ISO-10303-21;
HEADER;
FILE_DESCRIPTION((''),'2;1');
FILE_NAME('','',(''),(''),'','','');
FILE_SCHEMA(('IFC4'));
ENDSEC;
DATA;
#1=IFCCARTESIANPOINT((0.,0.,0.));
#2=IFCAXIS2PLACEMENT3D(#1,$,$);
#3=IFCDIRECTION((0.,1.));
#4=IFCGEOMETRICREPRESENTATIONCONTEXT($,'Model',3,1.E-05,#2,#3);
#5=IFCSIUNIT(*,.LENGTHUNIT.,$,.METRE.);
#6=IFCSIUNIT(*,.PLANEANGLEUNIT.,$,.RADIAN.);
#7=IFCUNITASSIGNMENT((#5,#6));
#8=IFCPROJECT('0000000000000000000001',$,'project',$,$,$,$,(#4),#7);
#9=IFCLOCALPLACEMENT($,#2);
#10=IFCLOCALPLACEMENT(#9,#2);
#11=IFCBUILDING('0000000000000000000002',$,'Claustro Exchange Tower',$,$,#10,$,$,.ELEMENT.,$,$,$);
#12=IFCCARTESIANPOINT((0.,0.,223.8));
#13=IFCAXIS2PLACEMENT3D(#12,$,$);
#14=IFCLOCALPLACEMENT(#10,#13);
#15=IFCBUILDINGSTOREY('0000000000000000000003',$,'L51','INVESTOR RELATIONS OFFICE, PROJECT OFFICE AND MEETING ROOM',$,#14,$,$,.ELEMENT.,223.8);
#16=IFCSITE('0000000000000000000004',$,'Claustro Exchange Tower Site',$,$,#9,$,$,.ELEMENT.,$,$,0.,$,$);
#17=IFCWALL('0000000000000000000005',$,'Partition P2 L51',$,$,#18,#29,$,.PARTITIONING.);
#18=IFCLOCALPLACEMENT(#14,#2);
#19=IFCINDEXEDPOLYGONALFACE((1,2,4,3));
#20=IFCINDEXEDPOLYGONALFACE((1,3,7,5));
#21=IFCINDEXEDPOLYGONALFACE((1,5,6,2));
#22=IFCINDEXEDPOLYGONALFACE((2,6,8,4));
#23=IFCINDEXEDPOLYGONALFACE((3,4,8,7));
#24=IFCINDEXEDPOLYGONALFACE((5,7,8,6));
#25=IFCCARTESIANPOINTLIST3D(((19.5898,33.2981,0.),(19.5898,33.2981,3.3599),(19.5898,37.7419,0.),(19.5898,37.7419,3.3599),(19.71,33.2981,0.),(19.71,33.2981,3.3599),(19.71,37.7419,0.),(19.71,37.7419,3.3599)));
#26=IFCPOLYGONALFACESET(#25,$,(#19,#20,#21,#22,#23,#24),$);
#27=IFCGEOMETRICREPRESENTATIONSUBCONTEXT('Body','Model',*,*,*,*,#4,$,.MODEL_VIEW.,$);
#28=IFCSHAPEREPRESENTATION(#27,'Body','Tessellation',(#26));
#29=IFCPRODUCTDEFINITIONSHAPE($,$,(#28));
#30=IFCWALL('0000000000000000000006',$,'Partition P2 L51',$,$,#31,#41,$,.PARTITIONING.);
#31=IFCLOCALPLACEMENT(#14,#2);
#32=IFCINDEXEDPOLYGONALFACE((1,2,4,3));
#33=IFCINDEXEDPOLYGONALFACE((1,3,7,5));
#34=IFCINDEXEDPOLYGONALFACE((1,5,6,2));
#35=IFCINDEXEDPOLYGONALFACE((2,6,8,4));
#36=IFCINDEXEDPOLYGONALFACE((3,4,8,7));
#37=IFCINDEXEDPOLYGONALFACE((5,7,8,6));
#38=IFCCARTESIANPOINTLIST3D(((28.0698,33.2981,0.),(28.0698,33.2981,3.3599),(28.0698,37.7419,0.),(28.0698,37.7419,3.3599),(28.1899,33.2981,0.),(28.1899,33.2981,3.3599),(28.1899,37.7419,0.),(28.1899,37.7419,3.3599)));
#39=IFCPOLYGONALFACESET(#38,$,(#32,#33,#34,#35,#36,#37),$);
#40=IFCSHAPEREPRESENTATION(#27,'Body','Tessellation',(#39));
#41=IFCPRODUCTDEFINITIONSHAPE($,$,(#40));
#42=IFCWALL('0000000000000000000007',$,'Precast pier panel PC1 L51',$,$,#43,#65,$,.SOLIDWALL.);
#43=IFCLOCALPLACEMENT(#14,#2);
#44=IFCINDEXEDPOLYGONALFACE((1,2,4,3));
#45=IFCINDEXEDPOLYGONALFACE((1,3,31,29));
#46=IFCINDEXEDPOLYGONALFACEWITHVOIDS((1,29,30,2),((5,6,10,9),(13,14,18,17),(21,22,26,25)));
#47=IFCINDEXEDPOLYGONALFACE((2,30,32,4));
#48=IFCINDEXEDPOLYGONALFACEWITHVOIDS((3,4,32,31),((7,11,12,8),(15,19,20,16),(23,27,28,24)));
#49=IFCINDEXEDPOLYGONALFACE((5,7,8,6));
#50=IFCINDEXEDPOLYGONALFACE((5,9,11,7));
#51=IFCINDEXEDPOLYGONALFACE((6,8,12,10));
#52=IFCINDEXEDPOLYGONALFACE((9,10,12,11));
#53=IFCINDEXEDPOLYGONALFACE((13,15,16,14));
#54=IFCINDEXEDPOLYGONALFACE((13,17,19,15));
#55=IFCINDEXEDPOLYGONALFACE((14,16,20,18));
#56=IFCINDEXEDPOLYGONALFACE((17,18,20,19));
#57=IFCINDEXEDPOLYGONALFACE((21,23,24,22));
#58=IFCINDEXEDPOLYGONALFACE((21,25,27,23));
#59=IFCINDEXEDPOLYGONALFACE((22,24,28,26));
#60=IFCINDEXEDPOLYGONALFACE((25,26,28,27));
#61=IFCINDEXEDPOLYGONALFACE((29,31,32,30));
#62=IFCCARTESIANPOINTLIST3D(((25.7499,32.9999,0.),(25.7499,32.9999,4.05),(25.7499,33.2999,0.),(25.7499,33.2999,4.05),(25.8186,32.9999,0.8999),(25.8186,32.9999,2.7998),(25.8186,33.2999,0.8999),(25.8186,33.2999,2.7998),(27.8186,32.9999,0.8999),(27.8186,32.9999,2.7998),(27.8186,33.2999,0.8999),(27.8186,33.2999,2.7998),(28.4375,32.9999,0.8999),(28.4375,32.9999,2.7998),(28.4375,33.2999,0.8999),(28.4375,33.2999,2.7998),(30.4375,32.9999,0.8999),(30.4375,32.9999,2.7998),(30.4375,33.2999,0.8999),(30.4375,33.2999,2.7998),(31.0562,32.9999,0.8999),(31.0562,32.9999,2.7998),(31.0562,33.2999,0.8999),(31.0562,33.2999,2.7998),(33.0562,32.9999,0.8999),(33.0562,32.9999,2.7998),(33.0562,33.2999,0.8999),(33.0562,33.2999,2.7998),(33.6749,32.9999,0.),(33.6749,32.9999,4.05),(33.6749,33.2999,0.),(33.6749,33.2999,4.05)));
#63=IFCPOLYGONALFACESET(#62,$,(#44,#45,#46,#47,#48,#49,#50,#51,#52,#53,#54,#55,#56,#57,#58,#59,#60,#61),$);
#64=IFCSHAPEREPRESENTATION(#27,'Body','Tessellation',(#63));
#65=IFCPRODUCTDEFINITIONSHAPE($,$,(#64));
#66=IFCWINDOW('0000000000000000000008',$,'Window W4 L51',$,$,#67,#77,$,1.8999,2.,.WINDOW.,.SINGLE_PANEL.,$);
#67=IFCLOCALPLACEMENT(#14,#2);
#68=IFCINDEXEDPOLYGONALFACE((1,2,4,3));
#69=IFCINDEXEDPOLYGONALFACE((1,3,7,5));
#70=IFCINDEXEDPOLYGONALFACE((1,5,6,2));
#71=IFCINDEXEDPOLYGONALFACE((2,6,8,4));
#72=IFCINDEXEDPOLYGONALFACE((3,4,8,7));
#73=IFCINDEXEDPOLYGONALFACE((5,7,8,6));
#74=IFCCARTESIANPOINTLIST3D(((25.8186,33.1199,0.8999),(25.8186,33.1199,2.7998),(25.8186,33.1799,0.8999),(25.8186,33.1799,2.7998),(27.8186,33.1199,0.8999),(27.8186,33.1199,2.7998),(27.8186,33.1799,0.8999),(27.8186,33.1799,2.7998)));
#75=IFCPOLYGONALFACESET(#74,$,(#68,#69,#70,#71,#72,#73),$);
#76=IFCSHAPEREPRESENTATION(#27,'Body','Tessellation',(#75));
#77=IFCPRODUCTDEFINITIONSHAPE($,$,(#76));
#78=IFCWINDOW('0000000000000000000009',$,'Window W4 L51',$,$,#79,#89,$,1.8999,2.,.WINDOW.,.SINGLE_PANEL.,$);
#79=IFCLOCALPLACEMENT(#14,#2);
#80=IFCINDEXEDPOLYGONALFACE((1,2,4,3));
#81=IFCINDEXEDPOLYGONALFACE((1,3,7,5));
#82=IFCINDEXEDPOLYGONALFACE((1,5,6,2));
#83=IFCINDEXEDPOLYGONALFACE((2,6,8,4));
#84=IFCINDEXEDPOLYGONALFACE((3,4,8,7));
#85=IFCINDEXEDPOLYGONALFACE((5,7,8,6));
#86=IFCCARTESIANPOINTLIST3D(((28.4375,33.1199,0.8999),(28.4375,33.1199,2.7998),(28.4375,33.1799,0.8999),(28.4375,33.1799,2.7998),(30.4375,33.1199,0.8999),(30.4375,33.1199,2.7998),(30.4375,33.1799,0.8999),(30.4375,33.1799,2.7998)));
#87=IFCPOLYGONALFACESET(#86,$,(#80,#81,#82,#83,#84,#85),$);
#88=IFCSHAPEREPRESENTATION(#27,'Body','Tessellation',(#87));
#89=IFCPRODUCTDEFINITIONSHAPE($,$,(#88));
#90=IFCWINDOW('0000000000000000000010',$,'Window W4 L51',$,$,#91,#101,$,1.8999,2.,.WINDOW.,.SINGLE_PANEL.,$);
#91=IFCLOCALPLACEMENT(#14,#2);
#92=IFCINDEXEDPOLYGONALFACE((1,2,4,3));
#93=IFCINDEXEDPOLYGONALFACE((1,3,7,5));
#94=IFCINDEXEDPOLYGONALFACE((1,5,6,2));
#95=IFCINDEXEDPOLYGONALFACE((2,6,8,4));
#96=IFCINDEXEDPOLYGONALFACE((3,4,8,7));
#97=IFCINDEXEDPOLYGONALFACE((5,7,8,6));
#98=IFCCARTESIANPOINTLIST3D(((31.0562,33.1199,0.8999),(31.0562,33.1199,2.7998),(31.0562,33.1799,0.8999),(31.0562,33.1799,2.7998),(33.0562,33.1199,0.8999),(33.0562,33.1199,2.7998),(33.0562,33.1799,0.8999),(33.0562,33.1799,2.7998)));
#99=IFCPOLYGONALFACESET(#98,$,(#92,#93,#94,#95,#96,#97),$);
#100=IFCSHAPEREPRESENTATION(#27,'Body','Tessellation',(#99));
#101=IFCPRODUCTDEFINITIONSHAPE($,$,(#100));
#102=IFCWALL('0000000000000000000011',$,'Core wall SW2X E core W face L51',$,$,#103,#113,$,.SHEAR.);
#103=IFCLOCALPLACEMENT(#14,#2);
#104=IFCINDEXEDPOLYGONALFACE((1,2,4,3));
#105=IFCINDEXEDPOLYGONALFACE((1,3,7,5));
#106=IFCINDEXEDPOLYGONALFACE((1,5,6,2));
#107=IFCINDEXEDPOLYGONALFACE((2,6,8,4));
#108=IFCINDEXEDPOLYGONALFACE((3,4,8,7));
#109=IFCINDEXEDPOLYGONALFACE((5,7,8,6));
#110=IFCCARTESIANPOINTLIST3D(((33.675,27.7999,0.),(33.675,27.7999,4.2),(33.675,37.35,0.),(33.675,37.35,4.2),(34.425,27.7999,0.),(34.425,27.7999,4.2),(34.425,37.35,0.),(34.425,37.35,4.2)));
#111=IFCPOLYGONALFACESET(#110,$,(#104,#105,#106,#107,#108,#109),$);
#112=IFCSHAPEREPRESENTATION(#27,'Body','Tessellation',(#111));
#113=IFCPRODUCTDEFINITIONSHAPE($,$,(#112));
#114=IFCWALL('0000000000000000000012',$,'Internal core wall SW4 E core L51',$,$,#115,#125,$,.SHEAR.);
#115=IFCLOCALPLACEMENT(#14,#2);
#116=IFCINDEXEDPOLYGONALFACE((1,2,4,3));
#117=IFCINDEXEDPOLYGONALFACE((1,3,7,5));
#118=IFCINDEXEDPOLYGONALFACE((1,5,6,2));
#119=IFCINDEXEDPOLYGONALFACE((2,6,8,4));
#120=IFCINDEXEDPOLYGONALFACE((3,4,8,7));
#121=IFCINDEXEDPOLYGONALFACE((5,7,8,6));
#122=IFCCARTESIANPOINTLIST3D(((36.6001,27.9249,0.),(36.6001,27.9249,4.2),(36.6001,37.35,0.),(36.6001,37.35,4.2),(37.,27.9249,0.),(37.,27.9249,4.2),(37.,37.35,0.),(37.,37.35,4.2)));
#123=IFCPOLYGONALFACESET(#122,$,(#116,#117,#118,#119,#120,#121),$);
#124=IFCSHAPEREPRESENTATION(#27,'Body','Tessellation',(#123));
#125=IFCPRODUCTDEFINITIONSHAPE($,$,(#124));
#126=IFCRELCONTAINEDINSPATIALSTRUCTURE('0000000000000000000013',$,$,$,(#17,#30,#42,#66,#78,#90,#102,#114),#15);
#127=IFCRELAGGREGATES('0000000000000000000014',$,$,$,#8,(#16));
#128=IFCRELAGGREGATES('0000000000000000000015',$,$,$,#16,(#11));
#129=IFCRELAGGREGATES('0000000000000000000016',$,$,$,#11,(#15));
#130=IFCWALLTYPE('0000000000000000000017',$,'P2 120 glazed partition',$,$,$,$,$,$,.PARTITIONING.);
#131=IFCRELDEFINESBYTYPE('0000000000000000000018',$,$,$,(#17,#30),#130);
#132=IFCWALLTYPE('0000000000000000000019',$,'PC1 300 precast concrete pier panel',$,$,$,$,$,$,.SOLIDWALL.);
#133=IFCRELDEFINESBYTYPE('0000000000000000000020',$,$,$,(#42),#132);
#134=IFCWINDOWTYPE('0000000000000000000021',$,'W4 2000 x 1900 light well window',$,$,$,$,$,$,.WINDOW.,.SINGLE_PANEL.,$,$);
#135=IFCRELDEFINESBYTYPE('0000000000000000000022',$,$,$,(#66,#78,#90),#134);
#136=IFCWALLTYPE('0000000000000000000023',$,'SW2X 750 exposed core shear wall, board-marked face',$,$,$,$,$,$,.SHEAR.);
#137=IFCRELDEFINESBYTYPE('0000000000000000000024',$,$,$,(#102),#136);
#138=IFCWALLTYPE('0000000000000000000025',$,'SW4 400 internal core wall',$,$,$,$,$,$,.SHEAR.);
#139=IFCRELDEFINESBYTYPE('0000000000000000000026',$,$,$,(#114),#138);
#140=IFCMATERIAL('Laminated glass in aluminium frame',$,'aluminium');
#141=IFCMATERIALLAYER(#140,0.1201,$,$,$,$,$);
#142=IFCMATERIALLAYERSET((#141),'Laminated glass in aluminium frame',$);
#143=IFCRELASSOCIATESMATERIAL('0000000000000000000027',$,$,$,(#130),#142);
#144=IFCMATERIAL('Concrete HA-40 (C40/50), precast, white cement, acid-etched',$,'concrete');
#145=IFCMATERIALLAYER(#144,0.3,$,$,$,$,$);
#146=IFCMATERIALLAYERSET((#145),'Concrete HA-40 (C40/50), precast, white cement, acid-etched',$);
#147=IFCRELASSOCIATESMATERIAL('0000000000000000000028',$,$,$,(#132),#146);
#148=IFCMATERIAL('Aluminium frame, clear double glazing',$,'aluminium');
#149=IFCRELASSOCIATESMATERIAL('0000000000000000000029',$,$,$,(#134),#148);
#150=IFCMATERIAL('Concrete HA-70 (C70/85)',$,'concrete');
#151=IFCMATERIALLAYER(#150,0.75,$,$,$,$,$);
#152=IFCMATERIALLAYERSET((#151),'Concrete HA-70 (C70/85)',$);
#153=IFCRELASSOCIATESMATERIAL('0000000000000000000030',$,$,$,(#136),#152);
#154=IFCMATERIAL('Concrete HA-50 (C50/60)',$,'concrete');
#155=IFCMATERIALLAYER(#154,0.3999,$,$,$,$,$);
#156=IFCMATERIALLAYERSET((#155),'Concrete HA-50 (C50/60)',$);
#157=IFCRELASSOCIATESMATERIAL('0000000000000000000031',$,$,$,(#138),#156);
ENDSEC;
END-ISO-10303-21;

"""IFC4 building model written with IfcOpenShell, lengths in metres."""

from ifc_helpers import new_model, si_unit, direction, frame, frame_2d, origin, place, context, subcontext, project, spatial, rectangle, extrude, material, layer, layer_set, type_object, element, fill, save


model = new_model("IFC4")

# Units and contexts
model_context = context("Model", 3, precision=1e-05, world=origin(), true_north=direction((0.0, 1.0)))
body_context = subcontext(model_context, "Body", "Model", "MODEL_VIEW")
ifc_project = project(units=[si_unit("LENGTHUNIT", "METRE"), si_unit("PLANEANGLEUNIT", "RADIAN")], contexts=[model_context])

# Site, building, storey
site_placement = place(None, origin())
site = spatial("IfcSite", under=ifc_project, at=site_placement, Name="Claustro Exchange Tower Site", CompositionType="ELEMENT", RefElevation=0.0)
building_placement = place(site_placement, origin())
building = spatial("IfcBuilding", under=site, at=building_placement, Name="Claustro Exchange Tower", CompositionType="ELEMENT")
storey_placement = place(building_placement, frame((0.0, 0.0, 223.8)))
storey = spatial("IfcBuildingStorey", under=building, at=storey_placement, Name="L51", Description="INVESTOR RELATIONS OFFICE, PROJECT OFFICE AND MEETING ROOM", CompositionType="ELEMENT", Elevation=223.8)

# Walls
ifc_material_1 = material(Name="Laminated glass in aluminium frame", Category="aluminium")
ifc_layer_1 = layer(ifc_material_1, 0.1201)
ifc_layer_set_1 = layer_set([ifc_layer_1], Name="Laminated glass in aluminium frame")
wall_type_1 = type_object("IfcWallType", Name="P2 120 glazed partition", PredefinedType="PARTITIONING", material=ifc_layer_set_1)
for number, where, z_axis, x_axis, name in (
    (1, (19.6499, 33.2981, 0.0), (0.0, 0.0, 1.0), (0.0, 1.0, 0.0), "Partition P2 L51"),
    (2, (28.1299, 33.2981, 0.0), (0.0, 0.0, 1.0), (0.0, 1.0, 0.0), "Partition P2 L51"),
):
    element("IfcWall", number, at=place(storey_placement, frame(where, z_axis=z_axis, x_axis=x_axis)), inside=storey, type_object=wall_type_1, Name=name, PredefinedType="PARTITIONING", context=body_context, shape_type="SweptSolid", body=[
        extrude(rectangle(XDim=4.4438, YDim=0.1201, at=frame_2d((2.2219, 0.0))), origin(), (0.0, 0.0, 1.0), 3.3599),
    ])

# Wall, openings, windows
ifc_material_2 = material(Name="Concrete HA-40 (C40/50), precast, white cement, acid-etched", Category="concrete")
ifc_layer_2 = layer(ifc_material_2, 0.3)
ifc_layer_set_2 = layer_set([ifc_layer_2], Name="Concrete HA-40 (C40/50), precast, white cement, acid-etched")
wall_type_2 = type_object("IfcWallType", Name="PC1 300 precast concrete pier panel", PredefinedType="SOLIDWALL", material=ifc_layer_set_2)
wall_1_placement = place(storey_placement, frame((25.75, 33.1499, 0.0), z_axis=(0.0, 0.0, 1.0), x_axis=(1.0, 0.0, 0.0)))
wall_1 = element("IfcWall", 3, at=wall_1_placement, inside=storey, type_object=wall_type_2, Name="Precast pier panel PC1 L51", PredefinedType="SOLIDWALL", context=body_context, shape_type="SweptSolid", body=[
    extrude(rectangle(XDim=7.925, YDim=0.3, at=frame_2d((3.9624, 0.0))), origin(), (0.0, 0.0, 1.0), 4.05),
])
opening_1_placement = place(wall_1_placement, frame((0.0686, 0.0, 0.8999)))
opening_1 = element("IfcOpeningElement", 4, at=opening_1_placement, cuts=wall_1, PredefinedType="OPENING", context=body_context, shape_type="SweptSolid", body=[
    extrude(rectangle(XDim=2.0, YDim=1.8999, at=frame_2d((1.0, 0.95))), frame((0.0, 0.1599, 0.0), z_axis=(0.0, -1.0, 0.0), x_axis=(1.0, 0.0, 0.0)), (0.0, 0.0, 1.0), 0.3201),
])
opening_2_placement = place(wall_1_placement, frame((2.6875, 0.0, 0.8999)))
opening_2 = element("IfcOpeningElement", 5, at=opening_2_placement, cuts=wall_1, PredefinedType="OPENING", context=body_context, shape_type="SweptSolid", body=[
    extrude(rectangle(XDim=2.0, YDim=1.8999, at=frame_2d((1.0, 0.95))), frame((0.0, 0.1599, 0.0), z_axis=(0.0, -1.0, 0.0), x_axis=(1.0, 0.0, 0.0)), (0.0, 0.0, 1.0), 0.3201),
])
opening_3_placement = place(wall_1_placement, frame((5.3062, 0.0, 0.8999)))
opening_3 = element("IfcOpeningElement", 6, at=opening_3_placement, cuts=wall_1, PredefinedType="OPENING", context=body_context, shape_type="SweptSolid", body=[
    extrude(rectangle(XDim=2.0, YDim=1.8999, at=frame_2d((1.0, 0.95))), frame((0.0, 0.1599, 0.0), z_axis=(0.0, -1.0, 0.0), x_axis=(1.0, 0.0, 0.0)), (0.0, 0.0, 1.0), 0.3201),
])
ifc_material_3 = material(Name="Aluminium frame, clear double glazing", Category="aluminium")
window_type = type_object("IfcWindowType", Name="W4 2000 x 1900 light well window", PartitioningType="SINGLE_PANEL", PredefinedType="WINDOW", material=ifc_material_3)
window_1_placement = place(opening_1_placement, origin())
window_1 = element("IfcWindow", 7, at=window_1_placement, inside=storey, type_object=window_type, Name="Window W4 L51", OverallHeight=1.8999, OverallWidth=2.0, PartitioningType="SINGLE_PANEL", PredefinedType="WINDOW", context=body_context, shape_type="SweptSolid", body=[
    extrude(rectangle(XDim=2.0, YDim=1.8999, at=frame_2d((1.0, 0.95))), frame((0.0, 0.03, 0.0), z_axis=(0.0, -1.0, 0.0), x_axis=(1.0, 0.0, 0.0)), (0.0, 0.0, 1.0), 0.0601),
])
fill(opening_1, window_1)
window_2_placement = place(opening_2_placement, origin())
window_2 = element("IfcWindow", 8, at=window_2_placement, inside=storey, type_object=window_type, Name="Window W4 L51", OverallHeight=1.8999, OverallWidth=2.0, PartitioningType="SINGLE_PANEL", PredefinedType="WINDOW", context=body_context, shape_type="SweptSolid", body=[
    extrude(rectangle(XDim=2.0, YDim=1.8999, at=frame_2d((1.0, 0.95))), frame((0.0, 0.03, 0.0), z_axis=(0.0, -1.0, 0.0), x_axis=(1.0, 0.0, 0.0)), (0.0, 0.0, 1.0), 0.0601),
])
fill(opening_2, window_2)
window_3_placement = place(opening_3_placement, origin())
window_3 = element("IfcWindow", 9, at=window_3_placement, inside=storey, type_object=window_type, Name="Window W4 L51", OverallHeight=1.8999, OverallWidth=2.0, PartitioningType="SINGLE_PANEL", PredefinedType="WINDOW", context=body_context, shape_type="SweptSolid", body=[
    extrude(rectangle(XDim=2.0, YDim=1.8999, at=frame_2d((1.0, 0.95))), frame((0.0, 0.03, 0.0), z_axis=(0.0, -1.0, 0.0), x_axis=(1.0, 0.0, 0.0)), (0.0, 0.0, 1.0), 0.0601),
])
fill(opening_3, window_3)

# Walls
ifc_material_4 = material(Name="Concrete HA-70 (C70/85)", Category="concrete")
ifc_layer_3 = layer(ifc_material_4, 0.75)
ifc_layer_set_3 = layer_set([ifc_layer_3], Name="Concrete HA-70 (C70/85)")
wall_type_3 = type_object("IfcWallType", Name="SW2X 750 exposed core shear wall, board-marked face", PredefinedType="SHEAR", material=ifc_layer_set_3)
wall_2_placement = place(storey_placement, frame((34.05, 27.8, 0.0), z_axis=(0.0, 0.0, 1.0), x_axis=(0.0, 1.0, 0.0)))
element("IfcWall", 10, at=wall_2_placement, inside=storey, type_object=wall_type_3, Name="Core wall SW2X E core W face L51", PredefinedType="SHEAR", context=body_context, shape_type="SweptSolid", body=[
    extrude(rectangle(XDim=9.55, YDim=0.75, at=frame_2d((4.7749, 0.0))), origin(), (0.0, 0.0, 1.0), 4.2),
])
ifc_material_5 = material(Name="Concrete HA-50 (C50/60)", Category="concrete")
ifc_layer_4 = layer(ifc_material_5, 0.3999)
ifc_layer_set_4 = layer_set([ifc_layer_4], Name="Concrete HA-50 (C50/60)")
wall_type_4 = type_object("IfcWallType", Name="SW4 400 internal core wall", PredefinedType="SHEAR", material=ifc_layer_set_4)
wall_3_placement = place(storey_placement, frame((36.8, 27.925, 0.0), z_axis=(0.0, 0.0, 1.0), x_axis=(0.0, 1.0, 0.0)))
element("IfcWall", 11, at=wall_3_placement, inside=storey, type_object=wall_type_4, Name="Internal core wall SW4 E core L51", PredefinedType="SHEAR", context=body_context, shape_type="SweptSolid", body=[
    extrude(rectangle(XDim=9.425, YDim=0.3999, at=frame_2d((4.7124, 0.0))), origin(), (0.0, 0.0, 1.0), 4.2),
])

save(model, "model.ifc")
